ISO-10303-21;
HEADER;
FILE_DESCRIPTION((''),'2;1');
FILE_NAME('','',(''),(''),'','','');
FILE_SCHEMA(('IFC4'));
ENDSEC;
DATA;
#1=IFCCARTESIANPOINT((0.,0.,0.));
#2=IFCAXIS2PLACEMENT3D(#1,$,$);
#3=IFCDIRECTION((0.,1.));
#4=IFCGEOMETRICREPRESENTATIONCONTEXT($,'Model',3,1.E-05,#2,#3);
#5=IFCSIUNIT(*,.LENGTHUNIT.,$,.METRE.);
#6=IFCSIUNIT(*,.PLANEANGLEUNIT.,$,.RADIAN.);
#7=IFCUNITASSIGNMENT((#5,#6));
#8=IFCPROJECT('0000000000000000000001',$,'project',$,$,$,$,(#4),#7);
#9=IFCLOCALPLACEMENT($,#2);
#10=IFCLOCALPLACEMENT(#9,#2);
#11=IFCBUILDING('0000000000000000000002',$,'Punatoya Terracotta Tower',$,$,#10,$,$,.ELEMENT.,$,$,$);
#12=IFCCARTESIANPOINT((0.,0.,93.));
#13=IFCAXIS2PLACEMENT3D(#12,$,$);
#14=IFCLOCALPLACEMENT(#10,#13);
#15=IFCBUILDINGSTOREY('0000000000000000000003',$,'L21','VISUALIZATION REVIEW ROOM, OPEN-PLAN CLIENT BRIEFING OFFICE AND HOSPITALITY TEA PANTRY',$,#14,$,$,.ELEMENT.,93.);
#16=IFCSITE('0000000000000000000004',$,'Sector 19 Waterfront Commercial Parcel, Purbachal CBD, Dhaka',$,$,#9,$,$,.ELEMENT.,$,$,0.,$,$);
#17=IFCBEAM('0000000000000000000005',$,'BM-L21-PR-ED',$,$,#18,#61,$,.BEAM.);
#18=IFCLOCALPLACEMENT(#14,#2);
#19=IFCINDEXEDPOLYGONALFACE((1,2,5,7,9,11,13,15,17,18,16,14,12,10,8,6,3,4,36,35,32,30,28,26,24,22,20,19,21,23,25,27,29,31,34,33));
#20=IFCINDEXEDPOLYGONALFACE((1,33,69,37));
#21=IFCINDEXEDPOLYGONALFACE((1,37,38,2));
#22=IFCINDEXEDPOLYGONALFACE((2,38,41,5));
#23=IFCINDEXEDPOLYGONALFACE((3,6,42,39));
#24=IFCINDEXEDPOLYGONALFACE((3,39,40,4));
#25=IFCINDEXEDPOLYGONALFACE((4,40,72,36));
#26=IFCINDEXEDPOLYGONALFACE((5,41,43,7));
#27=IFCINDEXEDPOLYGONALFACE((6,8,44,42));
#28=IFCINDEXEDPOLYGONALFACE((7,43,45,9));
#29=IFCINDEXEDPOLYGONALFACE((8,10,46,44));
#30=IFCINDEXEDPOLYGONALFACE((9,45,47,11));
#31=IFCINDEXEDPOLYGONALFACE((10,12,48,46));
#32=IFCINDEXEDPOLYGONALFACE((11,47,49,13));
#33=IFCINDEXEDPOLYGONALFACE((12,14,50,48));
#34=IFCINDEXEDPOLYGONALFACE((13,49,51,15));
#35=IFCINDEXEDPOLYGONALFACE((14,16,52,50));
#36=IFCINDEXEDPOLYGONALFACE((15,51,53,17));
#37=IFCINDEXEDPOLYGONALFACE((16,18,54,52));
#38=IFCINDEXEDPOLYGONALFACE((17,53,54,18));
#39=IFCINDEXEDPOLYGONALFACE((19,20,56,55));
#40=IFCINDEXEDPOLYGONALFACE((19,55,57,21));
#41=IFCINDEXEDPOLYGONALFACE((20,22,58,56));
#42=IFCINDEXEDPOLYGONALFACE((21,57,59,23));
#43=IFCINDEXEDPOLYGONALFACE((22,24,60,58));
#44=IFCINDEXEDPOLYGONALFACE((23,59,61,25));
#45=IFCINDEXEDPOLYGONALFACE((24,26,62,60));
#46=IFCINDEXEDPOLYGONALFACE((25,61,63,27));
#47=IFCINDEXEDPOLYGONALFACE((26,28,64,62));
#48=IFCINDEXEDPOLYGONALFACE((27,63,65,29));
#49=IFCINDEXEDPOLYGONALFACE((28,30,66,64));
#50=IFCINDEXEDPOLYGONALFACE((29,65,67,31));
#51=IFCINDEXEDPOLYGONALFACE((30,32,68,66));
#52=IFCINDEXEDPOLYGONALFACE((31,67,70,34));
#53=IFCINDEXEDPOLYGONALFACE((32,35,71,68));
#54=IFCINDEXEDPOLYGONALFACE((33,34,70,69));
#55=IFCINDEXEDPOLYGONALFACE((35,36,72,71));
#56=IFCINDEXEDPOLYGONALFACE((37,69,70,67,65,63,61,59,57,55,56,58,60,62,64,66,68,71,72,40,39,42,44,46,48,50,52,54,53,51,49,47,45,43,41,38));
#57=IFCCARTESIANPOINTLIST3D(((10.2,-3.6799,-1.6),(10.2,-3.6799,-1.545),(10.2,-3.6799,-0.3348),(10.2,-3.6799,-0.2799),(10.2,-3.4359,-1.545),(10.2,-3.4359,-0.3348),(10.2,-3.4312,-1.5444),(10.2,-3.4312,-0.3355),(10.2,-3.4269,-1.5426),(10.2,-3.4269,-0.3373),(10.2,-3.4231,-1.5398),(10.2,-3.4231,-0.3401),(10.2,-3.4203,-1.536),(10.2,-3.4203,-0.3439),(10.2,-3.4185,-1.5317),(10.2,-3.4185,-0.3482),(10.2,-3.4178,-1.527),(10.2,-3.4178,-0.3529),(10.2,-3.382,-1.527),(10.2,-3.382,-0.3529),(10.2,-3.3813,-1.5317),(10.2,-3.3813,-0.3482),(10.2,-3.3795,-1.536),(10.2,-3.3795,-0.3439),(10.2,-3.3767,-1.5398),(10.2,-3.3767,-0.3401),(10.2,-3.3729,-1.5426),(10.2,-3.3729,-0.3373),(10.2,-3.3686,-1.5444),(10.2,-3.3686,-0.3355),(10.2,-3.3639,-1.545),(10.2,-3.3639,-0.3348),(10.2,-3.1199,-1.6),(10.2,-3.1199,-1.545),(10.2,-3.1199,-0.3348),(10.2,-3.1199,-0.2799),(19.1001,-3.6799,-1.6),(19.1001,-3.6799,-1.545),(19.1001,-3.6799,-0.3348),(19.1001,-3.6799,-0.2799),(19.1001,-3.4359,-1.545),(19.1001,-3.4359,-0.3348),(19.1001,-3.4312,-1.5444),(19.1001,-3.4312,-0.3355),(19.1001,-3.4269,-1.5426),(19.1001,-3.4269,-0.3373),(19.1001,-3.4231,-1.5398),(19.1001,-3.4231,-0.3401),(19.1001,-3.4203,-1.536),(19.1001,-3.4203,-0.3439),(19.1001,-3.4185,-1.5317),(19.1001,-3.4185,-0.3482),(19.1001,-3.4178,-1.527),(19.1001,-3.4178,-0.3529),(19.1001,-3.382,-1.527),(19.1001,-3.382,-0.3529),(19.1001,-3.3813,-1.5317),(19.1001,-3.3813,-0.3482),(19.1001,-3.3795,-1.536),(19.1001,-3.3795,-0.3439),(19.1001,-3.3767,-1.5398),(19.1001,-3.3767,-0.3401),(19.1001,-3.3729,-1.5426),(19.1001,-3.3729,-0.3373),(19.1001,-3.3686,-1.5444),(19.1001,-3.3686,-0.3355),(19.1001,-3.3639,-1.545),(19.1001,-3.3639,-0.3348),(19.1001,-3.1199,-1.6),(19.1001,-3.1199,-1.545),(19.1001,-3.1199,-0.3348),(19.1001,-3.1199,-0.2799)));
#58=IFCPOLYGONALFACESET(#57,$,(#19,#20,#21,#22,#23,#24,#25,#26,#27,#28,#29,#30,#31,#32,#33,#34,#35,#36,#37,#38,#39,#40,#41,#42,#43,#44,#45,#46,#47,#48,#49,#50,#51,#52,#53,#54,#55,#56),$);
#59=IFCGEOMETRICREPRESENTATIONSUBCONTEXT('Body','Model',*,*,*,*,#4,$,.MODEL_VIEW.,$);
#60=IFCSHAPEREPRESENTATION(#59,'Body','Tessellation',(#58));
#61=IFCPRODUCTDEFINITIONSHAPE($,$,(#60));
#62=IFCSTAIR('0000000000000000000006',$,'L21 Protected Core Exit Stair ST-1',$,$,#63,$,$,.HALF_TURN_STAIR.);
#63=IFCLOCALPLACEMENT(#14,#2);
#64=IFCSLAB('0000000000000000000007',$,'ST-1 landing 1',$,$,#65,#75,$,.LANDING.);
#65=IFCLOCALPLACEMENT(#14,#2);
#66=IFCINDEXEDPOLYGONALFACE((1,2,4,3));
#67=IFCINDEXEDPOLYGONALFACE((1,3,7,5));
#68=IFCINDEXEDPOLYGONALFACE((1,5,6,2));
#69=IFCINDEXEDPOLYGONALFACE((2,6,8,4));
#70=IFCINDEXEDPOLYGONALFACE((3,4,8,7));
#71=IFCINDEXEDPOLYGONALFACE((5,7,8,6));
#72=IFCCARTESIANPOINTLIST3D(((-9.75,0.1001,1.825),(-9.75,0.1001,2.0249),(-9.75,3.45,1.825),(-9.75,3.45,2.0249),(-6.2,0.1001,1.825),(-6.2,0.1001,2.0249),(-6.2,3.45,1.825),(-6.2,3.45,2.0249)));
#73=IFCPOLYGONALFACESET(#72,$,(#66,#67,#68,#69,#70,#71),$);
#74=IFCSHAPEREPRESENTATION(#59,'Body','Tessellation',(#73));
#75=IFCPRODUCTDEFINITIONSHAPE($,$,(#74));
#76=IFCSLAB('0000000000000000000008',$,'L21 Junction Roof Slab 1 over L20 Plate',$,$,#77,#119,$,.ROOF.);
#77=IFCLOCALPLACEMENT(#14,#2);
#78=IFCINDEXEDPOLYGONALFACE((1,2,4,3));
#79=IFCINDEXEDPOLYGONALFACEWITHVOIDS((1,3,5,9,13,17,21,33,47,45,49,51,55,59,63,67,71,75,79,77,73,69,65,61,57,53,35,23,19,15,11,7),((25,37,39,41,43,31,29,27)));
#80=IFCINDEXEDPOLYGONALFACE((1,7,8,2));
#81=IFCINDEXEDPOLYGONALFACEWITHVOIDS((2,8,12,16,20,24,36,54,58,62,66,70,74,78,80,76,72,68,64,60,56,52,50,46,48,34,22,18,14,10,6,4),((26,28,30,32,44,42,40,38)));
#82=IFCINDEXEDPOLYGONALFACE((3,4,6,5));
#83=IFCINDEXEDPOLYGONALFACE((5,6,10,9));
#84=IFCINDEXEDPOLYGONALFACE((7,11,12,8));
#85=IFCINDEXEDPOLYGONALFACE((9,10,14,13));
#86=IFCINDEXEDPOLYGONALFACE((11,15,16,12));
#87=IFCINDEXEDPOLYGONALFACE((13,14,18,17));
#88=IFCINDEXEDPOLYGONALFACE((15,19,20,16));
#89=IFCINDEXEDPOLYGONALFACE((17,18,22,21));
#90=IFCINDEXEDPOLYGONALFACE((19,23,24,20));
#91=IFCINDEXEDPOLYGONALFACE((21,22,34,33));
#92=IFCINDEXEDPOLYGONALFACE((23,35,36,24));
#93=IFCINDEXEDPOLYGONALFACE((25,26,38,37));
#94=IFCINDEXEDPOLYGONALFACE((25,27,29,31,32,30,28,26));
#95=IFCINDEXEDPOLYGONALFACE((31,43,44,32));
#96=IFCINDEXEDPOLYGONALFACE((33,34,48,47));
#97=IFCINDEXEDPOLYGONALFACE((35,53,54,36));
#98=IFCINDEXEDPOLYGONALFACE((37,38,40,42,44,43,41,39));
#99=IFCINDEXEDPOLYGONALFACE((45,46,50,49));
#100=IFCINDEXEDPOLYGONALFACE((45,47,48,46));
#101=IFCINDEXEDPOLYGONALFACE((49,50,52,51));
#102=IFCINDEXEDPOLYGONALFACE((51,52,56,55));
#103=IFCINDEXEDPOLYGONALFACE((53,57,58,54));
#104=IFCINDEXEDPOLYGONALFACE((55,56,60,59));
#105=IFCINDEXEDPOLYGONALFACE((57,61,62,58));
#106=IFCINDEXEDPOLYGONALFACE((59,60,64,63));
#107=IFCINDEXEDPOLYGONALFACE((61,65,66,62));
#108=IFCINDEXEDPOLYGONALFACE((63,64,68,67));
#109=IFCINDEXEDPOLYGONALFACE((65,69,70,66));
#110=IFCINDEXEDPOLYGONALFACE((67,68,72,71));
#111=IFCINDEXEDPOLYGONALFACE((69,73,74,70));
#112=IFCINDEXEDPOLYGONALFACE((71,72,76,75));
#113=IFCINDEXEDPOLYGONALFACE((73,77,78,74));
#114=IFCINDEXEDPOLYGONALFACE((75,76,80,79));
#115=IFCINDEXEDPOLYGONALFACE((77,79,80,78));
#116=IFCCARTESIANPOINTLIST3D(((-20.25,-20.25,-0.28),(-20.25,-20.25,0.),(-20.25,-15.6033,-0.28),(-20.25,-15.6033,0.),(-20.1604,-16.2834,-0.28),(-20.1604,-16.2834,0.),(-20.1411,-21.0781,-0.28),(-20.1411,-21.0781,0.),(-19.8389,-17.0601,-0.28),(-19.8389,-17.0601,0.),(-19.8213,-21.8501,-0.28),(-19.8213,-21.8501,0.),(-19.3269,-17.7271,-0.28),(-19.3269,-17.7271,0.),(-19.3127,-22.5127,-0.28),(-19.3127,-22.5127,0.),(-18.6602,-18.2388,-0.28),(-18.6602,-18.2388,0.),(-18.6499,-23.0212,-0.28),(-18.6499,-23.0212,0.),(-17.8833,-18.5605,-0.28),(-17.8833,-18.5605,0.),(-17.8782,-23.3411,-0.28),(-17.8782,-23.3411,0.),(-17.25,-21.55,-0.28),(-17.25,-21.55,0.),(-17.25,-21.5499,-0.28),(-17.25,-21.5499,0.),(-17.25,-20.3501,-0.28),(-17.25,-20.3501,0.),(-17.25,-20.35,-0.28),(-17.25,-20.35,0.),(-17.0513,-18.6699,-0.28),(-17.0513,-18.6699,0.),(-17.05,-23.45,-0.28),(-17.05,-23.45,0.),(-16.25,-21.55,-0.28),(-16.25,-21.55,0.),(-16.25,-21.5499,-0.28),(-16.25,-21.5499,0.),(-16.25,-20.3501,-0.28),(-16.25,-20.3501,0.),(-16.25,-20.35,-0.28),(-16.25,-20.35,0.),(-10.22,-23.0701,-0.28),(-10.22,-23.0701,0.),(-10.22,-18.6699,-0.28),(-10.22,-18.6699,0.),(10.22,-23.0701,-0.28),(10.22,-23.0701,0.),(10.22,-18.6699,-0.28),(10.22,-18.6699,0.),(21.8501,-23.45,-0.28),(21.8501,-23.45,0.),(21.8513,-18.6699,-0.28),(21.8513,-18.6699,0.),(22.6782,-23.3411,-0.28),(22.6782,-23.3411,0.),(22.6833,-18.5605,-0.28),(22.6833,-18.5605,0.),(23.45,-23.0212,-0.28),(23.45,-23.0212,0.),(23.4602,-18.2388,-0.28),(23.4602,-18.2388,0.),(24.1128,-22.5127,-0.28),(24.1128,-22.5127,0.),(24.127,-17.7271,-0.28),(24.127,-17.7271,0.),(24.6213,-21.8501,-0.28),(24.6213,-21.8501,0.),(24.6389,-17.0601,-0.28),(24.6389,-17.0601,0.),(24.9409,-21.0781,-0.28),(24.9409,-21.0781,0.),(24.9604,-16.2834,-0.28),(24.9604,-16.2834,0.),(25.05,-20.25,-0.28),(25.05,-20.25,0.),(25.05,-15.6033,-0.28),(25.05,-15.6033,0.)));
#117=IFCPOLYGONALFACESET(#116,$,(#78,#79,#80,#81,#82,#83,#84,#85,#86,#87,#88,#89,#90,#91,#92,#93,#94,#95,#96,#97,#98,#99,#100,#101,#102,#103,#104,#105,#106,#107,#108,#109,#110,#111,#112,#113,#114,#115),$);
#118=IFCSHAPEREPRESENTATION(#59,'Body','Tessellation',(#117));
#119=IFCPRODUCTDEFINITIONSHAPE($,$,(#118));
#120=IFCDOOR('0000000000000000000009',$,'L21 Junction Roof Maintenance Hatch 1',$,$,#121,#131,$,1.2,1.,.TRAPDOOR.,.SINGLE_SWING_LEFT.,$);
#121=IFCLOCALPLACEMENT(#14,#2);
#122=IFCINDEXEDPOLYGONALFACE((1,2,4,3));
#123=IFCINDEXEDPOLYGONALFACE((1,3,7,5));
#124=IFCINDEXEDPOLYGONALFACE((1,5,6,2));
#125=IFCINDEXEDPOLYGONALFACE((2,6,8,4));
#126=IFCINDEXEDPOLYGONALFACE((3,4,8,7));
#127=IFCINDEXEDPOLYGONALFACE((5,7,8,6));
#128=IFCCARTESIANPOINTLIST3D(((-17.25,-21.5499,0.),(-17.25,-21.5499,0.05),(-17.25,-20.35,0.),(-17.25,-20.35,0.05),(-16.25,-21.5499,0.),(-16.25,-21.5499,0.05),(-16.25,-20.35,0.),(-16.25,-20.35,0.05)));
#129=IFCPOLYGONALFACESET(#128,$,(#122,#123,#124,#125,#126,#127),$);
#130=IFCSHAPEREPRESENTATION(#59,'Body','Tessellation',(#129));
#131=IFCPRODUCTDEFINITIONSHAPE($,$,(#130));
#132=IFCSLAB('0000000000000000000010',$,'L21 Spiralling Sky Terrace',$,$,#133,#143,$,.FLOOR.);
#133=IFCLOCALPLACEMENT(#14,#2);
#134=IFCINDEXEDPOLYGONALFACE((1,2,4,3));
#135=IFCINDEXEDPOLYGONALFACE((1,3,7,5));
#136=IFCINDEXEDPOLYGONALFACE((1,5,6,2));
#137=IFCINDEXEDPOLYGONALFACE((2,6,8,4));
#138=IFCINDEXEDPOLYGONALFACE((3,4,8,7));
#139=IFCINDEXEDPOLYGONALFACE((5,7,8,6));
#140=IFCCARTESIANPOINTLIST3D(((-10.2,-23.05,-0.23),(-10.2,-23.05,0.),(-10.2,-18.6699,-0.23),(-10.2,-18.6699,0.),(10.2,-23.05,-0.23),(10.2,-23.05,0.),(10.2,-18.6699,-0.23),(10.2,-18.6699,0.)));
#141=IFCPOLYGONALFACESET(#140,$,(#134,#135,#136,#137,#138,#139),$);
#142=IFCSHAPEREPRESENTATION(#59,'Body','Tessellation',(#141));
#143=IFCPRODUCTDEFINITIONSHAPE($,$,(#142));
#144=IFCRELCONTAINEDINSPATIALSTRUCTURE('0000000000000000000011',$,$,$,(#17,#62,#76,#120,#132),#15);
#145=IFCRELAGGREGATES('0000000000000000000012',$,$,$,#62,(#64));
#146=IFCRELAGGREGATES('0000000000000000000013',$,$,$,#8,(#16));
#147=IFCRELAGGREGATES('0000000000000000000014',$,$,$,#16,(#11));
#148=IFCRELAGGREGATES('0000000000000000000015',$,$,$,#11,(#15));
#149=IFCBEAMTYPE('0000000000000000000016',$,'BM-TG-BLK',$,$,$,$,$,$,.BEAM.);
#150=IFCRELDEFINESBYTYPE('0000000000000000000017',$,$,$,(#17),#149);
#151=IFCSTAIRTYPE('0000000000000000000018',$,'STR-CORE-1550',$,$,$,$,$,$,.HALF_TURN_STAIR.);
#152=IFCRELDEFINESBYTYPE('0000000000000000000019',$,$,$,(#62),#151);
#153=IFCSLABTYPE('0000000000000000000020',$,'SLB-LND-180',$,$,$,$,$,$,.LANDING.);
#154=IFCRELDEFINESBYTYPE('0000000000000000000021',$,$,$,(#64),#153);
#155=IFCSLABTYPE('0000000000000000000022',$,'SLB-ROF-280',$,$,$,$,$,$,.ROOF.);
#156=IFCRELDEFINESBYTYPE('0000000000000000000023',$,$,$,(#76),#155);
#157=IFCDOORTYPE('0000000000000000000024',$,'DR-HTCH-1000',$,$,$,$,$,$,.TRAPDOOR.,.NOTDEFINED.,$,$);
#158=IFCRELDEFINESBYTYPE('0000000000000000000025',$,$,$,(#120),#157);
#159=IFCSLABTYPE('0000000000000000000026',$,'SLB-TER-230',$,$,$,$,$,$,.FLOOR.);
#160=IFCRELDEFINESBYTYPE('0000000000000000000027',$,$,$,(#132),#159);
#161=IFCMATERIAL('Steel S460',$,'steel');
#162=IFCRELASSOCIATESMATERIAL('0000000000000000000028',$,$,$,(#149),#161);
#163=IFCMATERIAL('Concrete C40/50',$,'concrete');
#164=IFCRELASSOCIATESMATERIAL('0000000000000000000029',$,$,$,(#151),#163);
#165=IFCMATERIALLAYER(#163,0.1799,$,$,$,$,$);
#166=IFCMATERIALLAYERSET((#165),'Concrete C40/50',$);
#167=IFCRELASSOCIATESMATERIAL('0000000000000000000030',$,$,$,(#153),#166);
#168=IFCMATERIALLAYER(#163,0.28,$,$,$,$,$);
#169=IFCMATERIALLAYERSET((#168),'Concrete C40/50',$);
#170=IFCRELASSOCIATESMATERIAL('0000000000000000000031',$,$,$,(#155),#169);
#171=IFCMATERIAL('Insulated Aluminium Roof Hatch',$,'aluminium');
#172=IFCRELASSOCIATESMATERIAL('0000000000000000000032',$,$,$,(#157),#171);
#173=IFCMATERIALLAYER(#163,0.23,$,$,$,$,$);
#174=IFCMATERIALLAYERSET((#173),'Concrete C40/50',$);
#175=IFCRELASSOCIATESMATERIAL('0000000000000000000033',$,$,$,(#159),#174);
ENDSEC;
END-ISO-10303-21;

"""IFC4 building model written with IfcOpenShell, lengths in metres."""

from ifc_helpers import new_model, si_unit, direction, frame, origin, origin_2d, place, context, subcontext, project, spatial, polyline, rectangle, i_section, outline, extrude, material, layer, layer_set, material_profile, profile_set, type_object, element, fill, aggregate, save


model = new_model("IFC4")

# Units and contexts
model_context = context("Model", 3, precision=1e-05, world=origin(), true_north=direction((0.0, 1.0)))
body_context = subcontext(model_context, "Body", "Model", "MODEL_VIEW")
ifc_project = project(units=[si_unit("LENGTHUNIT", "METRE"), si_unit("PLANEANGLEUNIT", "RADIAN")], contexts=[model_context])

# Site, building, storey
site_placement = place(None, origin())
site = spatial("IfcSite", under=ifc_project, at=site_placement, Name="Sector 19 Waterfront Commercial Parcel, Purbachal CBD, Dhaka", CompositionType="ELEMENT", RefElevation=0.0)
building_placement = place(site_placement, origin())
building = spatial("IfcBuilding", under=site, at=building_placement, Name="Punatoya Terracotta Tower", CompositionType="ELEMENT")
storey_placement = place(building_placement, frame((0.0, 0.0, 93.0)))
storey = spatial("IfcBuildingStorey", under=building, at=storey_placement, Name="L21", Description="VISUALIZATION REVIEW ROOM, OPEN-PLAN CLIENT BRIEFING OFFICE AND HOSPITALITY TEA PANTRY", CompositionType="ELEMENT", Elevation=93.0)

# Beam
ifc_material_1 = material(Name="Steel S460", Category="steel")
ifc_material_profile = material_profile(ifc_material_1, i_section(OverallWidth=0.5601, OverallDepth=1.3201, WebThickness=0.0359, FlangeThickness=0.0549, FilletRadius=0.0181, at=origin_2d()))
ifc_profile_set = profile_set([ifc_material_profile], Name="Steel S460")
beam_type = type_object("IfcBeamType", Name="BM-TG-BLK", PredefinedType="BEAM", material=ifc_profile_set)
beam_placement = place(storey_placement, frame((10.2, -3.3999, -0.9399), z_axis=(1.0, 0.0, 0.0), x_axis=(0.0, 1.0, 0.0)))
element("IfcBeam", 1, at=beam_placement, inside=storey, type_object=beam_type, Name="BM-L21-PR-ED", PredefinedType="BEAM", context=body_context, shape_type="SweptSolid", body=[
    extrude(i_section(OverallWidth=0.5601, OverallDepth=1.3201, WebThickness=0.0359, FlangeThickness=0.0549, FilletRadius=0.0181, at=origin_2d()), origin(), (0.0, 0.0, 1.0), 8.9001),
])

# Stair, slab
ifc_material_2 = material(Name="Concrete C40/50", Category="concrete")
stair_type_1 = type_object("IfcStairType", Name="STR-CORE-1550", PredefinedType="HALF_TURN_STAIR", material=ifc_material_2)
stair_1_placement = place(storey_placement, origin())
stair_1 = element("IfcStair", 2, at=stair_1_placement, inside=storey, type_object=stair_type_1, Name="L21 Protected Core Exit Stair ST-1", PredefinedType="HALF_TURN_STAIR")
ifc_layer_1 = layer(ifc_material_2, 0.1799)
ifc_layer_set_1 = layer_set([ifc_layer_1], Name="Concrete C40/50")
slab_type_1 = type_object("IfcSlabType", Name="SLB-LND-180", PredefinedType="LANDING", material=ifc_layer_set_1)
slab_1_placement = place(storey_placement, frame((0.0, 0.0, 1.825)))
slab_1 = element("IfcSlab", 3, at=slab_1_placement, type_object=slab_type_1, Name="ST-1 landing 1", PredefinedType="LANDING", context=body_context, shape_type="SweptSolid", body=[
    extrude(outline(polyline([(-6.2, 0.1001), (-6.2, 3.45), (-9.75, 3.45), (-9.75, 0.1001), (-6.2, 0.1001)])), origin(), (0.0, 0.0, 1.0), 0.2),
])
aggregate(stair_1, [slab_1])

# Slab, opening, door
ifc_layer_2 = layer(ifc_material_2, 0.28)
ifc_layer_set_2 = layer_set([ifc_layer_2], Name="Concrete C40/50")
slab_type_2 = type_object("IfcSlabType", Name="SLB-ROF-280", PredefinedType="ROOF", material=ifc_layer_set_2)
slab_2_placement = place(storey_placement, frame((0.0, 0.0, -0.28)))
slab_2 = element("IfcSlab", 4, at=slab_2_placement, inside=storey, type_object=slab_type_2, Name="L21 Junction Roof Slab 1 over L20 Plate", PredefinedType="ROOF", context=body_context, shape_type="SweptSolid", body=[
    extrude(outline(polyline([(24.6213, -21.8501), (24.9409, -21.0781), (25.05, -20.25), (25.05, -15.6033), (24.9604, -16.2834), (24.6389, -17.0601), (24.127, -17.7271), (23.4602, -18.2388), (22.6833, -18.5605), (21.8513, -18.6699), (10.22, -18.6699), (10.22, -23.0701), (-10.22, -23.0701), (-10.22, -18.6699), (-17.0513, -18.6699), (-17.8833, -18.5605), (-18.6602, -18.2388), (-19.3269, -17.7271), (-19.8389, -17.0601), (-20.1604, -16.2834), (-20.25, -15.6033), (-20.25, -20.25), (-20.1411, -21.0781), (-19.8213, -21.8501), (-19.3127, -22.5127), (-18.6499, -23.0212), (-17.8782, -23.3411), (-17.05, -23.45), (21.8501, -23.45), (22.6782, -23.3411), (23.45, -23.0212), (24.1128, -22.5127), (24.6213, -21.8501)]), holes=[polyline([(-16.25, -20.3501), (-16.25, -21.55), (-17.25, -21.55), (-17.25, -20.3501), (-16.25, -20.3501)])]), origin(), (0.0, 0.0, 1.0), 0.28),
])
opening_1_placement = place(slab_2_placement, frame((-16.75, -20.95, 0.0)))
opening_1 = element("IfcOpeningElement", 5, at=opening_1_placement, cuts=slab_2, PredefinedType="OPENING", context=body_context, shape_type="SweptSolid", body=[
    extrude(rectangle(XDim=1.0, YDim=1.2, at=origin_2d()), frame((0.0, 0.0, -0.01)), (0.0, 0.0, 1.0), 0.3501),
])
ifc_material_3 = material(Name="Insulated Aluminium Roof Hatch", Category="aluminium")
door_type_1 = type_object("IfcDoorType", Name="DR-HTCH-1000", OperationType="NOTDEFINED", PredefinedType="TRAPDOOR", material=ifc_material_3)
door_1_placement = place(opening_1_placement, frame((0.0, 0.0, 0.28)))
door_1 = element("IfcDoor", 6, at=door_1_placement, inside=storey, type_object=door_type_1, Name="L21 Junction Roof Maintenance Hatch 1", OperationType="SINGLE_SWING_LEFT", OverallHeight=1.2, OverallWidth=1.0, PredefinedType="TRAPDOOR", context=body_context, shape_type="SweptSolid", body=[
    extrude(rectangle(XDim=1.0, YDim=1.2, at=origin_2d()), origin(), (0.0, 0.0, 1.0), 0.05),
])
fill(opening_1, door_1)

# Slab
ifc_layer_3 = layer(ifc_material_2, 0.23)
ifc_layer_set_3 = layer_set([ifc_layer_3], Name="Concrete C40/50")
slab_type_3 = type_object("IfcSlabType", Name="SLB-TER-230", PredefinedType="FLOOR", material=ifc_layer_set_3)
slab_3_placement = place(storey_placement, frame((0.0, 0.0, -0.23)))
element("IfcSlab", 7, at=slab_3_placement, inside=storey, type_object=slab_type_3, Name="L21 Spiralling Sky Terrace", PredefinedType="FLOOR", context=body_context, shape_type="SweptSolid", body=[
    extrude(outline(polyline([(10.2, -23.05), (-10.2, -23.05), (-10.2, -18.6699), (10.2, -18.6699), (10.2, -23.05)])), origin(), (0.0, 0.0, 1.0), 0.23),
])

save(model, "model.ifc")
